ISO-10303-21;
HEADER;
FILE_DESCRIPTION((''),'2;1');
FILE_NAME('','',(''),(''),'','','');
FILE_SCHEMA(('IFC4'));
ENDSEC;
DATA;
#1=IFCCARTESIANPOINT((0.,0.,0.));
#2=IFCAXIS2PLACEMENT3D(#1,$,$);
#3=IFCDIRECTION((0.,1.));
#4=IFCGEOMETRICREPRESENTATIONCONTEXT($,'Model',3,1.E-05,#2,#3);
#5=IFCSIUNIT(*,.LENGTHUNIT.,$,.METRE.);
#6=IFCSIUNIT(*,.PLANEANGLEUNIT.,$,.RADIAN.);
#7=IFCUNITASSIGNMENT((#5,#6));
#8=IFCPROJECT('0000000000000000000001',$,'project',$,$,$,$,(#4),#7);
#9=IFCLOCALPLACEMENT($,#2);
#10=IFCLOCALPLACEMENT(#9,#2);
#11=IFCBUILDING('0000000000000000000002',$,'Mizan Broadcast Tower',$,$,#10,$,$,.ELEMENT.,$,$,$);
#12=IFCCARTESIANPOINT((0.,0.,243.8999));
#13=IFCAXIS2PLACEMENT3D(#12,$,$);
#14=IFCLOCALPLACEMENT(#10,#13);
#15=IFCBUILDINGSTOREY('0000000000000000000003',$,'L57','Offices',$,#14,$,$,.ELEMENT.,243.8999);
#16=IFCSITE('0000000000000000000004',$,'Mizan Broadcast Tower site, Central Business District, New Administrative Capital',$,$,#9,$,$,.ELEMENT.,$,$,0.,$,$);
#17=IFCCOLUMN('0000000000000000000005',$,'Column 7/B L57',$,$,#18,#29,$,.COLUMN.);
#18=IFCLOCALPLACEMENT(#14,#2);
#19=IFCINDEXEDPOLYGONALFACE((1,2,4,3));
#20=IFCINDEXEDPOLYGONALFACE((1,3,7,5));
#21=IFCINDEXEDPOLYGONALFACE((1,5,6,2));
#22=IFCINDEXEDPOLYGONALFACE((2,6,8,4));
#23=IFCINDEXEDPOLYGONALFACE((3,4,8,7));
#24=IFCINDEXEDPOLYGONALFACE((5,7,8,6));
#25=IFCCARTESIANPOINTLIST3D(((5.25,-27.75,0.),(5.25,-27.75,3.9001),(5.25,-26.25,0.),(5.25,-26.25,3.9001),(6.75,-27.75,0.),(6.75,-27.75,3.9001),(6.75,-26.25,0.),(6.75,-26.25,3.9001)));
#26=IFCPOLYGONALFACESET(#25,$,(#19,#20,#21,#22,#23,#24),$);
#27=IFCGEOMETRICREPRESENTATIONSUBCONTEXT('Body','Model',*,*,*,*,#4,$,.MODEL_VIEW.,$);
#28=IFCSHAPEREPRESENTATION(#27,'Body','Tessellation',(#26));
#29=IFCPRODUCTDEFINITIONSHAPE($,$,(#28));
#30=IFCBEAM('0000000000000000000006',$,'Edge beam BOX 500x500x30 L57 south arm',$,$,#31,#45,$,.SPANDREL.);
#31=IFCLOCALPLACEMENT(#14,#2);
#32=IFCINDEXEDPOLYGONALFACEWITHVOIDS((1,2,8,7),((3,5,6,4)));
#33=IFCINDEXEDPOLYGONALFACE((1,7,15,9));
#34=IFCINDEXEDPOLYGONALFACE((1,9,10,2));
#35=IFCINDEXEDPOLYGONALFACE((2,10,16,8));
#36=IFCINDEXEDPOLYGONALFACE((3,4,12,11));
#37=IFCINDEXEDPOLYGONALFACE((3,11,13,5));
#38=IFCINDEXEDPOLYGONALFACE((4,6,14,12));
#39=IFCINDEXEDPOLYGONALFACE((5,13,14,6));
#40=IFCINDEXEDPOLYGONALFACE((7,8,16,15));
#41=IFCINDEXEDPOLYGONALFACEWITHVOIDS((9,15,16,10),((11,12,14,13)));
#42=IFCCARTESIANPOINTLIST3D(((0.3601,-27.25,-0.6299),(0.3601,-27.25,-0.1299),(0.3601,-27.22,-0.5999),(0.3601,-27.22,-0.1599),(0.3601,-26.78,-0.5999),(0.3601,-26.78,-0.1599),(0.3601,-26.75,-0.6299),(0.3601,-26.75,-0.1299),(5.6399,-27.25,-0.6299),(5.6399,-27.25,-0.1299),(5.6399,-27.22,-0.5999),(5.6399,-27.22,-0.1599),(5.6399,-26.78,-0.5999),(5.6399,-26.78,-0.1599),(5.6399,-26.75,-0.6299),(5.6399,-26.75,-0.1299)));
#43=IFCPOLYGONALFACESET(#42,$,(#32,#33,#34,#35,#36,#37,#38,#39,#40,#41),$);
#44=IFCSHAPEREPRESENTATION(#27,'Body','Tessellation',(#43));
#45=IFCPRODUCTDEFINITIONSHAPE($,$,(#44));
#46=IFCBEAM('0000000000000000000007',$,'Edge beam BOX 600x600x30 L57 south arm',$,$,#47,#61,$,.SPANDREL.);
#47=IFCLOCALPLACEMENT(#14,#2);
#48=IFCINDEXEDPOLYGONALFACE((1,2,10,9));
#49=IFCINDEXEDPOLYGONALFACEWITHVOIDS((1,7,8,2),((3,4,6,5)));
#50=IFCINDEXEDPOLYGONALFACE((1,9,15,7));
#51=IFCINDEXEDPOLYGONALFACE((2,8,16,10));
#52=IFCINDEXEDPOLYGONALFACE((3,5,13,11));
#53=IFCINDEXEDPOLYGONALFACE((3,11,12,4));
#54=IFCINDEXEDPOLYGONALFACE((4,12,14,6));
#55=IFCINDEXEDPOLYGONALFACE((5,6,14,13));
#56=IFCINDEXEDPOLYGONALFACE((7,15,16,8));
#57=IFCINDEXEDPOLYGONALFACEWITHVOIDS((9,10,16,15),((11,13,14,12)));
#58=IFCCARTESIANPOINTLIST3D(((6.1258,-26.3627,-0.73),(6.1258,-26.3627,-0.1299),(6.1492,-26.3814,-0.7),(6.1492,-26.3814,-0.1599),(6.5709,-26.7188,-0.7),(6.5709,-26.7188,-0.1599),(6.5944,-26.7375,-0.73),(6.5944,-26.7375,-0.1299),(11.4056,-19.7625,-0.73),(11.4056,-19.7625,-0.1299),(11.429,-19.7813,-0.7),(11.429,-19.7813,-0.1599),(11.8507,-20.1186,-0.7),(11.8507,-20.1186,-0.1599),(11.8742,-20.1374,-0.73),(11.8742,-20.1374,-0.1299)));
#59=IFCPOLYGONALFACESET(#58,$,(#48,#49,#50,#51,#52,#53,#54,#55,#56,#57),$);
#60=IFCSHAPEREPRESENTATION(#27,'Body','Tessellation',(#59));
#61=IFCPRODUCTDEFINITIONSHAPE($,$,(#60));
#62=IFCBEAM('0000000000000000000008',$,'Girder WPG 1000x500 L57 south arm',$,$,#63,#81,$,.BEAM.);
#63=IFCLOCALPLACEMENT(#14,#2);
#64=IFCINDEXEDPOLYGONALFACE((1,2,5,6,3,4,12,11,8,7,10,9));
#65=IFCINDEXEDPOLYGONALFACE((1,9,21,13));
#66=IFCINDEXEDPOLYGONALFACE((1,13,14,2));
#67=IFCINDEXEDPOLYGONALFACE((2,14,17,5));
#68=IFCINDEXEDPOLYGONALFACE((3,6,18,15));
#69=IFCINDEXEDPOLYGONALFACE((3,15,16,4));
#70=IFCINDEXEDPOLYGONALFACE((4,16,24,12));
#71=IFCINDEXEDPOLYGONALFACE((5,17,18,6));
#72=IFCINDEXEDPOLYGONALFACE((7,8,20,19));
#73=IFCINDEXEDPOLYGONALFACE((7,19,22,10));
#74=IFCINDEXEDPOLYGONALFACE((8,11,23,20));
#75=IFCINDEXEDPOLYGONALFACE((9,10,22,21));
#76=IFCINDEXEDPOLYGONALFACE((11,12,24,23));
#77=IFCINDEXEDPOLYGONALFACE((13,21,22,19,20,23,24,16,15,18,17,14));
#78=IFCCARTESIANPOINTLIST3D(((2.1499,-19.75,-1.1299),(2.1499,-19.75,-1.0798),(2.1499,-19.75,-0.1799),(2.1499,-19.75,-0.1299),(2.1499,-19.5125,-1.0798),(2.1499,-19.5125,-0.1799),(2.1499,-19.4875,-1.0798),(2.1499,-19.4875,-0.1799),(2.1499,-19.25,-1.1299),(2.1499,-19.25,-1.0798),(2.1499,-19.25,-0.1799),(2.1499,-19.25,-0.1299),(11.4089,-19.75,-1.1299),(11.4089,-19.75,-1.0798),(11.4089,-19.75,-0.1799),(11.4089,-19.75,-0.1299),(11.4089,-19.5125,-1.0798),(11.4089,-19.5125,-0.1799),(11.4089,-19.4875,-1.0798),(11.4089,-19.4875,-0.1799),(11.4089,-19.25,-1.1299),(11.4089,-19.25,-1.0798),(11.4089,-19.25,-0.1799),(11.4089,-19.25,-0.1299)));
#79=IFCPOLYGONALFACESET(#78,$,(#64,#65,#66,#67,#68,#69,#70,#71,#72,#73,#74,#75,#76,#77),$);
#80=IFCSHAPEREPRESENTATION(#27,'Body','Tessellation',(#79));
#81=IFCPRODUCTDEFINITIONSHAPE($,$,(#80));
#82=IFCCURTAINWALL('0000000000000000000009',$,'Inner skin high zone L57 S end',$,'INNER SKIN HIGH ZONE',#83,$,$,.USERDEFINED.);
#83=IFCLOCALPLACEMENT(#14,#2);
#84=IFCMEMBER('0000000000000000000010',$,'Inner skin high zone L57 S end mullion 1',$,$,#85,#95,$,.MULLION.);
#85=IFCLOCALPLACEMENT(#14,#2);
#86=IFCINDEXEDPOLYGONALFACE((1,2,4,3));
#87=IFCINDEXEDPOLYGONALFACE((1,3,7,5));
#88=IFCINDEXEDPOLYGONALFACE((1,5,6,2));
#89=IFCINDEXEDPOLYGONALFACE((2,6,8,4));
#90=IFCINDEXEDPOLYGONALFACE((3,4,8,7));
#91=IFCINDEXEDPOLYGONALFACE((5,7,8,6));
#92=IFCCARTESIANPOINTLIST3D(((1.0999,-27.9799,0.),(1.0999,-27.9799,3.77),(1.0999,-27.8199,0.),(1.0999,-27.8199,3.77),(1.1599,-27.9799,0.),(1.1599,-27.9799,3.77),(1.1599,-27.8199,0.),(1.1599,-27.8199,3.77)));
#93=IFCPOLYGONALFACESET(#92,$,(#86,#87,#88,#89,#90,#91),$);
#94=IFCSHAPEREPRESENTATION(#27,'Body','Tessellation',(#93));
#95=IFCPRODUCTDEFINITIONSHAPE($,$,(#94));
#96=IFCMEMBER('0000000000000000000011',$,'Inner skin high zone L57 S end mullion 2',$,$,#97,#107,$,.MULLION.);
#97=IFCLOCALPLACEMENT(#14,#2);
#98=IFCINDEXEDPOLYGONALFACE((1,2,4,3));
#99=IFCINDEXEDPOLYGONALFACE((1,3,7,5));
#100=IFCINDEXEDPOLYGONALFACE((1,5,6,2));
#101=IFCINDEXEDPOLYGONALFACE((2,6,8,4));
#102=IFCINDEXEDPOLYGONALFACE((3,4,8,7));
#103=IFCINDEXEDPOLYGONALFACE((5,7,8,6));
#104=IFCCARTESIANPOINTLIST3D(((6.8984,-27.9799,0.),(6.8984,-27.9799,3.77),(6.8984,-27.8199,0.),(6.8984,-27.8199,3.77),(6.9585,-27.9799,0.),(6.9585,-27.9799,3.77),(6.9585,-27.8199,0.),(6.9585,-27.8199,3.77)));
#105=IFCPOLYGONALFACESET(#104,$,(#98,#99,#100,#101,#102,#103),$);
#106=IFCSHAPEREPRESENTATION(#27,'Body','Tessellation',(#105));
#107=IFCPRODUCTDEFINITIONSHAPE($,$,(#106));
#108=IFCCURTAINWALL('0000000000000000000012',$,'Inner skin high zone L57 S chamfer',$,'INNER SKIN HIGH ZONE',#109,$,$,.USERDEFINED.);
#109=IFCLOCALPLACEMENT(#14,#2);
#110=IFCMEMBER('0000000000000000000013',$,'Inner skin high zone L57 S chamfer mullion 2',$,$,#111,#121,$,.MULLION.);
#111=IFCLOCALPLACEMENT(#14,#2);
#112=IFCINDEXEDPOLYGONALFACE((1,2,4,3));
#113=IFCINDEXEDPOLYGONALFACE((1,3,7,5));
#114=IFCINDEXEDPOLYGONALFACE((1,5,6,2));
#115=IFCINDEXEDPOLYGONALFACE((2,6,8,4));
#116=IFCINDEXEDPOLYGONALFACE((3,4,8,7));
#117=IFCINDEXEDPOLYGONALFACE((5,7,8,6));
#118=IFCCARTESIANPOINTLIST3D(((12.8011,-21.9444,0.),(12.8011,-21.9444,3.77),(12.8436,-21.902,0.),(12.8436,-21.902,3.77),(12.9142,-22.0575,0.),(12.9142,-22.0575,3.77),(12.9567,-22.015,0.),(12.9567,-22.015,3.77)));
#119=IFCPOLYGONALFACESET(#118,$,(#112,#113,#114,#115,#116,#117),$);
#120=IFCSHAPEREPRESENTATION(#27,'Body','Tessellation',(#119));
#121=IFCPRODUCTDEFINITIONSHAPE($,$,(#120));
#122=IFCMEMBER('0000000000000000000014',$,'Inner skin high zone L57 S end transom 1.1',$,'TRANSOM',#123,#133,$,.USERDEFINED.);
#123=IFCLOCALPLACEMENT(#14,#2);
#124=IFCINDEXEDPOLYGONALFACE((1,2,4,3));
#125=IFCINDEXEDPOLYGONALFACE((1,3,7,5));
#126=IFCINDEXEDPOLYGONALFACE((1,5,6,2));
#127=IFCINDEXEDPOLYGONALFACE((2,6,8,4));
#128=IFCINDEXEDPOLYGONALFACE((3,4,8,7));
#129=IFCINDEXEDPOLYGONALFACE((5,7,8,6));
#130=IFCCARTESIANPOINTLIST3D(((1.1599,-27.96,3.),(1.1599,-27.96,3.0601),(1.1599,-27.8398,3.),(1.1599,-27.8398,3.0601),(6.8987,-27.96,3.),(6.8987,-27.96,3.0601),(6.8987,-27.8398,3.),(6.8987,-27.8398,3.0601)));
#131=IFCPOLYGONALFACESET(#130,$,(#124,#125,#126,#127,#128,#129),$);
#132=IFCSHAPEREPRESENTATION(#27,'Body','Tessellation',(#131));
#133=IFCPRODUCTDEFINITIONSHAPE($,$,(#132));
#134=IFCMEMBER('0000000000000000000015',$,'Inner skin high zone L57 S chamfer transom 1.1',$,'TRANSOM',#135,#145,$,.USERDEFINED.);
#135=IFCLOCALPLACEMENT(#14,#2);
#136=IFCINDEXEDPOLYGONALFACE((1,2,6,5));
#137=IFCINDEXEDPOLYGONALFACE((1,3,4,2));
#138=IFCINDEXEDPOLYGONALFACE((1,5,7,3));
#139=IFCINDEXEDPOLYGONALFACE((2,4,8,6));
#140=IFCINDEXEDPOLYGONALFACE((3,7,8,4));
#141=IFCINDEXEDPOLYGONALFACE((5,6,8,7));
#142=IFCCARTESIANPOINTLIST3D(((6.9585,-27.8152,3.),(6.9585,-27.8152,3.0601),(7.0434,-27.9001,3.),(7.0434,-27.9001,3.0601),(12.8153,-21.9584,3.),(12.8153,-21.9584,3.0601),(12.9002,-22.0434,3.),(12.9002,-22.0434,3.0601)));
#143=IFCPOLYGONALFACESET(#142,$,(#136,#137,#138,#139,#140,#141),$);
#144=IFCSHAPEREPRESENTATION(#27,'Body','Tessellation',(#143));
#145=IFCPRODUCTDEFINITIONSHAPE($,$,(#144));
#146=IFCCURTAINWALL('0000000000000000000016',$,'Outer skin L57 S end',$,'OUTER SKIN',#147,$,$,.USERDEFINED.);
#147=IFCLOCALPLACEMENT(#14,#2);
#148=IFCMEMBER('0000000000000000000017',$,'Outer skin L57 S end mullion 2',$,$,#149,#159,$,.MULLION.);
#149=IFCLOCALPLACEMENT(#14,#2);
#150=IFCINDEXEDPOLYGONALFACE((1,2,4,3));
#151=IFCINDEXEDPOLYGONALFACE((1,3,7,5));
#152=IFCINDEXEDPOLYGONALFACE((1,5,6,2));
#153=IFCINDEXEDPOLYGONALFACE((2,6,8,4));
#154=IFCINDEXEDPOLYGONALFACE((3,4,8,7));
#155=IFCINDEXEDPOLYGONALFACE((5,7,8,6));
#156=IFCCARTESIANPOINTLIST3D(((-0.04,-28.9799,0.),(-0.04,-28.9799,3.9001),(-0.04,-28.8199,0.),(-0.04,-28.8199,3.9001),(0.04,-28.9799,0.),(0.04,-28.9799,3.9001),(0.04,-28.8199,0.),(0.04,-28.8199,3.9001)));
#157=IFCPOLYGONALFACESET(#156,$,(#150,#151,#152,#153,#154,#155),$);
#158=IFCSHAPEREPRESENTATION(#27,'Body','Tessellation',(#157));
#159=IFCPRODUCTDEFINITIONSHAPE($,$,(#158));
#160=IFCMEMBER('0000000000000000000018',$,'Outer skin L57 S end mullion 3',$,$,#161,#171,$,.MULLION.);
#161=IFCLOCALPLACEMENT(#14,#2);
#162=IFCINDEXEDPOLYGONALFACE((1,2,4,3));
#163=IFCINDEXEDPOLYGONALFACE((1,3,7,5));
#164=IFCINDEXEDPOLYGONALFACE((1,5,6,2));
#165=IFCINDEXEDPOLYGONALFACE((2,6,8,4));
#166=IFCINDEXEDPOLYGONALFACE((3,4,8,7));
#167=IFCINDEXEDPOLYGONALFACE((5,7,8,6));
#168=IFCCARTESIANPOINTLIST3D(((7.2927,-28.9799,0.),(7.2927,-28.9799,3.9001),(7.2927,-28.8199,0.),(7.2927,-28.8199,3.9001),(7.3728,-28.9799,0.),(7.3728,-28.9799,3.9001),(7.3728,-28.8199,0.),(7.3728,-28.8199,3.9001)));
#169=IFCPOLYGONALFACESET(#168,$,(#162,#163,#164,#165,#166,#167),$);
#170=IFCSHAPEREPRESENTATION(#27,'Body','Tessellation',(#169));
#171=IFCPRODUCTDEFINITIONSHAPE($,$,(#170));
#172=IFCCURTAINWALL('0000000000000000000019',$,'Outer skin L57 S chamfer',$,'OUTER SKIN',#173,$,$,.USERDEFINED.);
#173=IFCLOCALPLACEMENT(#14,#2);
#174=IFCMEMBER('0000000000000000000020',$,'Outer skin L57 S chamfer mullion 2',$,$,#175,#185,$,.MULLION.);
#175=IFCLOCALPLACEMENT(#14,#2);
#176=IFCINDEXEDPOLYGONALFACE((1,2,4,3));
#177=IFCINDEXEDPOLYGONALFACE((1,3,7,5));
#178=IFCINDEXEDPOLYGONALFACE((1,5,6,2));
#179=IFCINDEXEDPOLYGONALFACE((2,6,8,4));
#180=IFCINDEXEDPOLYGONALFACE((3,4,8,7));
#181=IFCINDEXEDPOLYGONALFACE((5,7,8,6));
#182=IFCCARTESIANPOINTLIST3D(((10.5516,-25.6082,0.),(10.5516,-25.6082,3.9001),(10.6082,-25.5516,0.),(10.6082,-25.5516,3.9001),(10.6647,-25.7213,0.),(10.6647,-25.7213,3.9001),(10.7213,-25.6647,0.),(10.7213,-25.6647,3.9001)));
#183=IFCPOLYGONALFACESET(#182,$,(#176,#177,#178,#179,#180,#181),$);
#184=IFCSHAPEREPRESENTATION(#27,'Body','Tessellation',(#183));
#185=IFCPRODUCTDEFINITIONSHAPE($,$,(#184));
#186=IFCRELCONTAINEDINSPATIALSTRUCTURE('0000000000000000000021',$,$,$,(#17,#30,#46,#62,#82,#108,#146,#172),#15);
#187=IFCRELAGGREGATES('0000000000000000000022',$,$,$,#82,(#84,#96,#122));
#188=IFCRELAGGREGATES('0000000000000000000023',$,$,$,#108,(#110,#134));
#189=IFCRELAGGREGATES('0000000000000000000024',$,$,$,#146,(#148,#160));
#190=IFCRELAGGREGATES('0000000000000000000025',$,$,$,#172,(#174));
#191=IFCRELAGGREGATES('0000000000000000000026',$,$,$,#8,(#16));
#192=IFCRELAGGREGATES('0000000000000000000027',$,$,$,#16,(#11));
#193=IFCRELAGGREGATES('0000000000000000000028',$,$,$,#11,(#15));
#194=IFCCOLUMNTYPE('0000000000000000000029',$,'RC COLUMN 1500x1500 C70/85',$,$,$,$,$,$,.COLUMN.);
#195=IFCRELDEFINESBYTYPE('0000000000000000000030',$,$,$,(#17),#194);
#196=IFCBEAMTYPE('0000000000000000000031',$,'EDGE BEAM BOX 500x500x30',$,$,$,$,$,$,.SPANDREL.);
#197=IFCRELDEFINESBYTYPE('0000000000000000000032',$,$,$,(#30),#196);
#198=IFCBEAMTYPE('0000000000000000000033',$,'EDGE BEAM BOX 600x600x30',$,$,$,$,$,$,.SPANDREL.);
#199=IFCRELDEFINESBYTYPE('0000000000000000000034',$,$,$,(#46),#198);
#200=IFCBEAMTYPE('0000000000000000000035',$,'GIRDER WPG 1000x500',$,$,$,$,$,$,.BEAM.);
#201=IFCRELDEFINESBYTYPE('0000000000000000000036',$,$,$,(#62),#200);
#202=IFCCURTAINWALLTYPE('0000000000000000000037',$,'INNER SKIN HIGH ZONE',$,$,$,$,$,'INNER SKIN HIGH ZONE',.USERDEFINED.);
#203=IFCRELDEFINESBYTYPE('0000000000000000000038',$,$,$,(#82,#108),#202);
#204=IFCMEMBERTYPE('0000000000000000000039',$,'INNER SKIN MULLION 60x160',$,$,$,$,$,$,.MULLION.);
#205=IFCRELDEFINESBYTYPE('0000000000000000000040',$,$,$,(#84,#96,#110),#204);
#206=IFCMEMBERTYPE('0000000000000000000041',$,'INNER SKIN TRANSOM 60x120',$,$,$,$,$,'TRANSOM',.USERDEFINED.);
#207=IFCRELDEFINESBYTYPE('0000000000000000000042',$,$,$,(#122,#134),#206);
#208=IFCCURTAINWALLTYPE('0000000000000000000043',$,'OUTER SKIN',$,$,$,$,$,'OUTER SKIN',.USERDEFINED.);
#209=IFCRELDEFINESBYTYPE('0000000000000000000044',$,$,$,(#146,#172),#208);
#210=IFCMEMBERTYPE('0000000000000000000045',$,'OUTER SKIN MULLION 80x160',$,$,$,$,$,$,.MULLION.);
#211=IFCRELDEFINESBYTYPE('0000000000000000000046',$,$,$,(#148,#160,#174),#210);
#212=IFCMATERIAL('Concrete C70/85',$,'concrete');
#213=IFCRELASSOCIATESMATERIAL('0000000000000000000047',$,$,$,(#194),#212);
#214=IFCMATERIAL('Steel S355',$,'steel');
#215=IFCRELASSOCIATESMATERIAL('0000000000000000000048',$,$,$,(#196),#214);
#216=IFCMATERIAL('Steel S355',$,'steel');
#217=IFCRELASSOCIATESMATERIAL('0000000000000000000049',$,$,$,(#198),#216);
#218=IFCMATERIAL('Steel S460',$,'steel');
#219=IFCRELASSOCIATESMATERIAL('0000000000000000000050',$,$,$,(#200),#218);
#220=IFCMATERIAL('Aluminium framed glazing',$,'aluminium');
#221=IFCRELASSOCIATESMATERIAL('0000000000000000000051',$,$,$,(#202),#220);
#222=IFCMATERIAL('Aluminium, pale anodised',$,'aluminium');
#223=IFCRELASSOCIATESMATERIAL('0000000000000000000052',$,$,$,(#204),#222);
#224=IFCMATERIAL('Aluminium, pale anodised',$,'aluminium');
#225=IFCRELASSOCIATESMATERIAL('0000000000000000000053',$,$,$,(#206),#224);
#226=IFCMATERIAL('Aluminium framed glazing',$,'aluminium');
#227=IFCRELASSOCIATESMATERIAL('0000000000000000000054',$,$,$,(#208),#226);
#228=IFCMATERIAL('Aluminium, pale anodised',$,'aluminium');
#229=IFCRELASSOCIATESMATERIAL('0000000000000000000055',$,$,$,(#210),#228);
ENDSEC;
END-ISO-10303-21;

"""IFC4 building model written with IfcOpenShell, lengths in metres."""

from ifc_helpers import new_model, si_unit, direction, frame, origin, origin_2d, place, context, subcontext, project, spatial, rectangle, hollow_rectangle, i_section, extrude, material, material_profile, profile_set, type_object, element, aggregate, save


model = new_model("IFC4")

# Units and contexts
model_context = context("Model", 3, precision=1e-05, world=origin(), true_north=direction((0.0, 1.0)))
body_context = subcontext(model_context, "Body", "Model", "MODEL_VIEW")
ifc_project = project(units=[si_unit("LENGTHUNIT", "METRE"), si_unit("PLANEANGLEUNIT", "RADIAN")], contexts=[model_context])

# Site, building, storey
site_placement = place(None, origin())
site = spatial("IfcSite", under=ifc_project, at=site_placement, Name="Mizan Broadcast Tower site, Central Business District, New Administrative Capital", CompositionType="ELEMENT", RefElevation=0.0)
building_placement = place(site_placement, origin())
building = spatial("IfcBuilding", under=site, at=building_placement, Name="Mizan Broadcast Tower", CompositionType="ELEMENT")
storey_placement = place(building_placement, frame((0.0, 0.0, 243.8999)))
storey = spatial("IfcBuildingStorey", under=building, at=storey_placement, Name="L57", Description="Offices", CompositionType="ELEMENT", Elevation=243.8999)

# Column
ifc_material_1 = material(Name="Concrete C70/85", Category="concrete")
ifc_material_profile_1 = material_profile(ifc_material_1, rectangle(XDim=1.5, YDim=1.5, at=origin_2d()), Name="RC 1500x1500")
ifc_profile_set_1 = profile_set([ifc_material_profile_1], Name="Concrete C70/85")
column_type = type_object("IfcColumnType", Name="RC COLUMN 1500x1500 C70/85", PredefinedType="COLUMN", material=ifc_profile_set_1)
column_placement = place(storey_placement, frame((6.0, -27.0, 0.0), z_axis=(0.0, 0.0, 1.0), x_axis=(1.0, 0.0, 0.0)))
element("IfcColumn", 1, at=column_placement, inside=storey, type_object=column_type, Name="Column 7/B L57", PredefinedType="COLUMN", context=body_context, shape_type="SweptSolid", body=[
    extrude(rectangle(XDim=1.5, YDim=1.5, at=origin_2d()), origin(), (0.0, 0.0, 1.0), 3.9001),
])

# Beams
ifc_material_2 = material(Name="Steel S355", Category="steel")
ifc_material_profile_2 = material_profile(ifc_material_2, hollow_rectangle(XDim=0.5, YDim=0.5, WallThickness=0.03, at=origin_2d()), Name="BOX 500x500x30")
ifc_profile_set_2 = profile_set([ifc_material_profile_2], Name="Steel S355")
beam_type_1 = type_object("IfcBeamType", Name="EDGE BEAM BOX 500x500x30", PredefinedType="SPANDREL", material=ifc_profile_set_2)
beam_1_placement = place(storey_placement, frame((5.6399, -27.0, -0.3799), z_axis=(-1.0, 0.0, 0.0), x_axis=(0.0, -1.0, 0.0)))
element("IfcBeam", 2, at=beam_1_placement, inside=storey, type_object=beam_type_1, Name="Edge beam BOX 500x500x30 L57 south arm", PredefinedType="SPANDREL", context=body_context, shape_type="SweptSolid", body=[
    extrude(hollow_rectangle(XDim=0.5, YDim=0.5, WallThickness=0.03, at=origin_2d()), origin(), (0.0, 0.0, 1.0), 5.2798),
])
ifc_material_3 = material(Name="Steel S355", Category="steel")
ifc_material_profile_3 = material_profile(ifc_material_3, hollow_rectangle(XDim=0.6001, YDim=0.6001, WallThickness=0.03, at=origin_2d()), Name="BOX 600x600x30")
ifc_profile_set_3 = profile_set([ifc_material_profile_3], Name="Steel S355")
beam_type_2 = type_object("IfcBeamType", Name="EDGE BEAM BOX 600x600x30", PredefinedType="SPANDREL", material=ifc_profile_set_3)
beam_2_placement = place(storey_placement, frame((11.6399, -19.95, -0.4299), z_axis=(-0.624674, -0.780886, 0.0), x_axis=(0.780886, -0.624674, 0.0)))
element("IfcBeam", 3, at=beam_2_placement, inside=storey, type_object=beam_type_2, Name="Edge beam BOX 600x600x30 L57 south arm", PredefinedType="SPANDREL", context=body_context, shape_type="SweptSolid", body=[
    extrude(hollow_rectangle(XDim=0.6001, YDim=0.6001, WallThickness=0.03, at=origin_2d()), origin(), (0.0, 0.0, 1.0), 8.4521),
])
ifc_material_4 = material(Name="Steel S460", Category="steel")
ifc_material_profile_4 = material_profile(ifc_material_4, i_section(OverallWidth=0.5, OverallDepth=1.0, WebThickness=0.0249, FlangeThickness=0.05, at=origin_2d()), Name="WPG 1000x500")
ifc_profile_set_4 = profile_set([ifc_material_profile_4], Name="Steel S460")
beam_type_3 = type_object("IfcBeamType", Name="GIRDER WPG 1000x500", PredefinedType="BEAM", material=ifc_profile_set_4)
beam_3_placement = place(storey_placement, frame((11.4089, -19.5, -0.6299), z_axis=(-1.0, 0.0, 0.0), x_axis=(0.0, -1.0, 0.0)))
element("IfcBeam", 4, at=beam_3_placement, inside=storey, type_object=beam_type_3, Name="Girder WPG 1000x500 L57 south arm", PredefinedType="BEAM", context=body_context, shape_type="SweptSolid", body=[
    extrude(i_section(OverallWidth=0.5, OverallDepth=1.0, WebThickness=0.0249, FlangeThickness=0.05, at=origin_2d()), origin(), (0.0, 0.0, 1.0), 9.259),
])

# Curtain wall, members
ifc_material_5 = material(Name="Aluminium framed glazing", Category="aluminium")
curtain_wall_type_1 = type_object("IfcCurtainWallType", Name="INNER SKIN HIGH ZONE", ElementType="INNER SKIN HIGH ZONE", PredefinedType="USERDEFINED", material=ifc_material_5)
curtain_wall_1_placement = place(storey_placement, origin())
curtain_wall_1 = element("IfcCurtainWall", 5, at=curtain_wall_1_placement, inside=storey, type_object=curtain_wall_type_1, Name="Inner skin high zone L57 S end", ObjectType="INNER SKIN HIGH ZONE", PredefinedType="USERDEFINED")
ifc_material_6 = material(Name="Aluminium, pale anodised", Category="aluminium")
ifc_material_profile_5 = material_profile(ifc_material_6, rectangle(XDim=0.1599, YDim=0.0601, at=origin_2d()), Name="MULLION 160x60")
ifc_profile_set_5 = profile_set([ifc_material_profile_5], Name="Aluminium, pale anodised")
member_type_1 = type_object("IfcMemberType", Name="INNER SKIN MULLION 60x160", PredefinedType="MULLION", material=ifc_profile_set_5)
member_1_placement = place(storey_placement, frame((1.1299, -27.8999, 0.0), z_axis=(0.0, 0.0, 1.0), x_axis=(0.0, 1.0, 0.0)))
member_1 = element("IfcMember", 6, at=member_1_placement, type_object=member_type_1, Name="Inner skin high zone L57 S end mullion 1", PredefinedType="MULLION", context=body_context, shape_type="SweptSolid", body=[
    extrude(rectangle(XDim=0.1599, YDim=0.0601, at=origin_2d()), origin(), (0.0, 0.0, 1.0), 3.77),
])
member_2_placement = place(storey_placement, frame((6.9285, -27.8999, 0.0), z_axis=(0.0, 0.0, 1.0), x_axis=(0.0, 1.0, 0.0)))
member_2 = element("IfcMember", 7, at=member_2_placement, type_object=member_type_1, Name="Inner skin high zone L57 S end mullion 2", PredefinedType="MULLION", context=body_context, shape_type="SweptSolid", body=[
    extrude(rectangle(XDim=0.1599, YDim=0.0601, at=origin_2d()), origin(), (0.0, 0.0, 1.0), 3.77),
])

# Curtain wall, member
curtain_wall_2_placement = place(storey_placement, origin())
curtain_wall_2 = element("IfcCurtainWall", 8, at=curtain_wall_2_placement, inside=storey, type_object=curtain_wall_type_1, Name="Inner skin high zone L57 S chamfer", ObjectType="INNER SKIN HIGH ZONE", PredefinedType="USERDEFINED")
member_3_placement = place(storey_placement, frame((12.8789, -21.9797, 0.0), z_axis=(0.0, 0.0, 1.0), x_axis=(-0.707107, 0.707107, 0.0)))
member_3 = element("IfcMember", 9, at=member_3_placement, type_object=member_type_1, Name="Inner skin high zone L57 S chamfer mullion 2", PredefinedType="MULLION", context=body_context, shape_type="SweptSolid", body=[
    extrude(rectangle(XDim=0.1599, YDim=0.0601, at=origin_2d()), origin(), (0.0, 0.0, 1.0), 3.77),
])

# Members
ifc_material_7 = material(Name="Aluminium, pale anodised", Category="aluminium")
ifc_material_profile_6 = material_profile(ifc_material_7, rectangle(XDim=0.1201, YDim=0.0601, at=origin_2d()), Name="TRANSOM 120x60")
ifc_profile_set_6 = profile_set([ifc_material_profile_6], Name="Aluminium, pale anodised")
member_type_2 = type_object("IfcMemberType", Name="INNER SKIN TRANSOM 60x120", ElementType="TRANSOM", PredefinedType="USERDEFINED", material=ifc_profile_set_6)
member_4_placement = place(storey_placement, frame((1.1599, -27.8999, 3.03), z_axis=(1.0, 0.0, 0.0), x_axis=(0.0, 1.0, 0.0)))
member_4 = element("IfcMember", 10, at=member_4_placement, type_object=member_type_2, Name="Inner skin high zone L57 S end transom 1.1", ObjectType="TRANSOM", PredefinedType="USERDEFINED", context=body_context, shape_type="SweptSolid", body=[
    extrude(rectangle(XDim=0.1201, YDim=0.0601, at=origin_2d()), origin(), (0.0, 0.0, 1.0), 5.7388),
])
member_5_placement = place(storey_placement, frame((7.001, -27.8577, 3.03), z_axis=(0.707107, 0.707107, 0.0), x_axis=(-0.707107, 0.707107, 0.0)))
member_5 = element("IfcMember", 11, at=member_5_placement, type_object=member_type_2, Name="Inner skin high zone L57 S chamfer transom 1.1", ObjectType="TRANSOM", PredefinedType="USERDEFINED", context=body_context, shape_type="SweptSolid", body=[
    extrude(rectangle(XDim=0.1201, YDim=0.0601, at=origin_2d()), origin(), (0.0, 0.0, 1.0), 8.2827),
])

# Curtain wall, members
ifc_material_8 = material(Name="Aluminium framed glazing", Category="aluminium")
curtain_wall_type_2 = type_object("IfcCurtainWallType", Name="OUTER SKIN", ElementType="OUTER SKIN", PredefinedType="USERDEFINED", material=ifc_material_8)
curtain_wall_3_placement = place(storey_placement, origin())
curtain_wall_3 = element("IfcCurtainWall", 12, at=curtain_wall_3_placement, inside=storey, type_object=curtain_wall_type_2, Name="Outer skin L57 S end", ObjectType="OUTER SKIN", PredefinedType="USERDEFINED")
ifc_material_9 = material(Name="Aluminium, pale anodised", Category="aluminium")
ifc_material_profile_7 = material_profile(ifc_material_9, rectangle(XDim=0.1599, YDim=0.0801, at=origin_2d()), Name="MULLION 160x80")
ifc_profile_set_7 = profile_set([ifc_material_profile_7], Name="Aluminium, pale anodised")
member_type_3 = type_object("IfcMemberType", Name="OUTER SKIN MULLION 80x160", PredefinedType="MULLION", material=ifc_profile_set_7)
member_6_placement = place(storey_placement, frame((0.0, -28.8999, 0.0), z_axis=(0.0, 0.0, 1.0), x_axis=(0.0, 1.0, 0.0)))
member_6 = element("IfcMember", 13, at=member_6_placement, type_object=member_type_3, Name="Outer skin L57 S end mullion 2", PredefinedType="MULLION", context=body_context, shape_type="SweptSolid", body=[
    extrude(rectangle(XDim=0.1599, YDim=0.0801, at=origin_2d()), origin(), (0.0, 0.0, 1.0), 3.9001),
])
member_7_placement = place(storey_placement, frame((7.3328, -28.8999, 0.0), z_axis=(0.0, 0.0, 1.0), x_axis=(0.0, 1.0, 0.0)))
member_7 = element("IfcMember", 14, at=member_7_placement, type_object=member_type_3, Name="Outer skin L57 S end mullion 3", PredefinedType="MULLION", context=body_context, shape_type="SweptSolid", body=[
    extrude(rectangle(XDim=0.1599, YDim=0.0801, at=origin_2d()), origin(), (0.0, 0.0, 1.0), 3.9001),
])

# Curtain wall, member
curtain_wall_4_placement = place(storey_placement, origin())
curtain_wall_4 = element("IfcCurtainWall", 15, at=curtain_wall_4_placement, inside=storey, type_object=curtain_wall_type_2, Name="Outer skin L57 S chamfer", ObjectType="OUTER SKIN", PredefinedType="USERDEFINED")
member_8_placement = place(storey_placement, frame((10.6365, -25.6365, 0.0), z_axis=(0.0, 0.0, 1.0), x_axis=(-0.707107, 0.707107, 0.0)))
member_8 = element("IfcMember", 16, at=member_8_placement, type_object=member_type_3, Name="Outer skin L57 S chamfer mullion 2", PredefinedType="MULLION", context=body_context, shape_type="SweptSolid", body=[
    extrude(rectangle(XDim=0.1599, YDim=0.0801, at=origin_2d()), origin(), (0.0, 0.0, 1.0), 3.9001),
])

aggregate(curtain_wall_1, [member_1, member_2, member_4])
aggregate(curtain_wall_2, [member_3, member_5])
aggregate(curtain_wall_3, [member_6, member_7])
aggregate(curtain_wall_4, [member_8])

save(model, "model.ifc")
